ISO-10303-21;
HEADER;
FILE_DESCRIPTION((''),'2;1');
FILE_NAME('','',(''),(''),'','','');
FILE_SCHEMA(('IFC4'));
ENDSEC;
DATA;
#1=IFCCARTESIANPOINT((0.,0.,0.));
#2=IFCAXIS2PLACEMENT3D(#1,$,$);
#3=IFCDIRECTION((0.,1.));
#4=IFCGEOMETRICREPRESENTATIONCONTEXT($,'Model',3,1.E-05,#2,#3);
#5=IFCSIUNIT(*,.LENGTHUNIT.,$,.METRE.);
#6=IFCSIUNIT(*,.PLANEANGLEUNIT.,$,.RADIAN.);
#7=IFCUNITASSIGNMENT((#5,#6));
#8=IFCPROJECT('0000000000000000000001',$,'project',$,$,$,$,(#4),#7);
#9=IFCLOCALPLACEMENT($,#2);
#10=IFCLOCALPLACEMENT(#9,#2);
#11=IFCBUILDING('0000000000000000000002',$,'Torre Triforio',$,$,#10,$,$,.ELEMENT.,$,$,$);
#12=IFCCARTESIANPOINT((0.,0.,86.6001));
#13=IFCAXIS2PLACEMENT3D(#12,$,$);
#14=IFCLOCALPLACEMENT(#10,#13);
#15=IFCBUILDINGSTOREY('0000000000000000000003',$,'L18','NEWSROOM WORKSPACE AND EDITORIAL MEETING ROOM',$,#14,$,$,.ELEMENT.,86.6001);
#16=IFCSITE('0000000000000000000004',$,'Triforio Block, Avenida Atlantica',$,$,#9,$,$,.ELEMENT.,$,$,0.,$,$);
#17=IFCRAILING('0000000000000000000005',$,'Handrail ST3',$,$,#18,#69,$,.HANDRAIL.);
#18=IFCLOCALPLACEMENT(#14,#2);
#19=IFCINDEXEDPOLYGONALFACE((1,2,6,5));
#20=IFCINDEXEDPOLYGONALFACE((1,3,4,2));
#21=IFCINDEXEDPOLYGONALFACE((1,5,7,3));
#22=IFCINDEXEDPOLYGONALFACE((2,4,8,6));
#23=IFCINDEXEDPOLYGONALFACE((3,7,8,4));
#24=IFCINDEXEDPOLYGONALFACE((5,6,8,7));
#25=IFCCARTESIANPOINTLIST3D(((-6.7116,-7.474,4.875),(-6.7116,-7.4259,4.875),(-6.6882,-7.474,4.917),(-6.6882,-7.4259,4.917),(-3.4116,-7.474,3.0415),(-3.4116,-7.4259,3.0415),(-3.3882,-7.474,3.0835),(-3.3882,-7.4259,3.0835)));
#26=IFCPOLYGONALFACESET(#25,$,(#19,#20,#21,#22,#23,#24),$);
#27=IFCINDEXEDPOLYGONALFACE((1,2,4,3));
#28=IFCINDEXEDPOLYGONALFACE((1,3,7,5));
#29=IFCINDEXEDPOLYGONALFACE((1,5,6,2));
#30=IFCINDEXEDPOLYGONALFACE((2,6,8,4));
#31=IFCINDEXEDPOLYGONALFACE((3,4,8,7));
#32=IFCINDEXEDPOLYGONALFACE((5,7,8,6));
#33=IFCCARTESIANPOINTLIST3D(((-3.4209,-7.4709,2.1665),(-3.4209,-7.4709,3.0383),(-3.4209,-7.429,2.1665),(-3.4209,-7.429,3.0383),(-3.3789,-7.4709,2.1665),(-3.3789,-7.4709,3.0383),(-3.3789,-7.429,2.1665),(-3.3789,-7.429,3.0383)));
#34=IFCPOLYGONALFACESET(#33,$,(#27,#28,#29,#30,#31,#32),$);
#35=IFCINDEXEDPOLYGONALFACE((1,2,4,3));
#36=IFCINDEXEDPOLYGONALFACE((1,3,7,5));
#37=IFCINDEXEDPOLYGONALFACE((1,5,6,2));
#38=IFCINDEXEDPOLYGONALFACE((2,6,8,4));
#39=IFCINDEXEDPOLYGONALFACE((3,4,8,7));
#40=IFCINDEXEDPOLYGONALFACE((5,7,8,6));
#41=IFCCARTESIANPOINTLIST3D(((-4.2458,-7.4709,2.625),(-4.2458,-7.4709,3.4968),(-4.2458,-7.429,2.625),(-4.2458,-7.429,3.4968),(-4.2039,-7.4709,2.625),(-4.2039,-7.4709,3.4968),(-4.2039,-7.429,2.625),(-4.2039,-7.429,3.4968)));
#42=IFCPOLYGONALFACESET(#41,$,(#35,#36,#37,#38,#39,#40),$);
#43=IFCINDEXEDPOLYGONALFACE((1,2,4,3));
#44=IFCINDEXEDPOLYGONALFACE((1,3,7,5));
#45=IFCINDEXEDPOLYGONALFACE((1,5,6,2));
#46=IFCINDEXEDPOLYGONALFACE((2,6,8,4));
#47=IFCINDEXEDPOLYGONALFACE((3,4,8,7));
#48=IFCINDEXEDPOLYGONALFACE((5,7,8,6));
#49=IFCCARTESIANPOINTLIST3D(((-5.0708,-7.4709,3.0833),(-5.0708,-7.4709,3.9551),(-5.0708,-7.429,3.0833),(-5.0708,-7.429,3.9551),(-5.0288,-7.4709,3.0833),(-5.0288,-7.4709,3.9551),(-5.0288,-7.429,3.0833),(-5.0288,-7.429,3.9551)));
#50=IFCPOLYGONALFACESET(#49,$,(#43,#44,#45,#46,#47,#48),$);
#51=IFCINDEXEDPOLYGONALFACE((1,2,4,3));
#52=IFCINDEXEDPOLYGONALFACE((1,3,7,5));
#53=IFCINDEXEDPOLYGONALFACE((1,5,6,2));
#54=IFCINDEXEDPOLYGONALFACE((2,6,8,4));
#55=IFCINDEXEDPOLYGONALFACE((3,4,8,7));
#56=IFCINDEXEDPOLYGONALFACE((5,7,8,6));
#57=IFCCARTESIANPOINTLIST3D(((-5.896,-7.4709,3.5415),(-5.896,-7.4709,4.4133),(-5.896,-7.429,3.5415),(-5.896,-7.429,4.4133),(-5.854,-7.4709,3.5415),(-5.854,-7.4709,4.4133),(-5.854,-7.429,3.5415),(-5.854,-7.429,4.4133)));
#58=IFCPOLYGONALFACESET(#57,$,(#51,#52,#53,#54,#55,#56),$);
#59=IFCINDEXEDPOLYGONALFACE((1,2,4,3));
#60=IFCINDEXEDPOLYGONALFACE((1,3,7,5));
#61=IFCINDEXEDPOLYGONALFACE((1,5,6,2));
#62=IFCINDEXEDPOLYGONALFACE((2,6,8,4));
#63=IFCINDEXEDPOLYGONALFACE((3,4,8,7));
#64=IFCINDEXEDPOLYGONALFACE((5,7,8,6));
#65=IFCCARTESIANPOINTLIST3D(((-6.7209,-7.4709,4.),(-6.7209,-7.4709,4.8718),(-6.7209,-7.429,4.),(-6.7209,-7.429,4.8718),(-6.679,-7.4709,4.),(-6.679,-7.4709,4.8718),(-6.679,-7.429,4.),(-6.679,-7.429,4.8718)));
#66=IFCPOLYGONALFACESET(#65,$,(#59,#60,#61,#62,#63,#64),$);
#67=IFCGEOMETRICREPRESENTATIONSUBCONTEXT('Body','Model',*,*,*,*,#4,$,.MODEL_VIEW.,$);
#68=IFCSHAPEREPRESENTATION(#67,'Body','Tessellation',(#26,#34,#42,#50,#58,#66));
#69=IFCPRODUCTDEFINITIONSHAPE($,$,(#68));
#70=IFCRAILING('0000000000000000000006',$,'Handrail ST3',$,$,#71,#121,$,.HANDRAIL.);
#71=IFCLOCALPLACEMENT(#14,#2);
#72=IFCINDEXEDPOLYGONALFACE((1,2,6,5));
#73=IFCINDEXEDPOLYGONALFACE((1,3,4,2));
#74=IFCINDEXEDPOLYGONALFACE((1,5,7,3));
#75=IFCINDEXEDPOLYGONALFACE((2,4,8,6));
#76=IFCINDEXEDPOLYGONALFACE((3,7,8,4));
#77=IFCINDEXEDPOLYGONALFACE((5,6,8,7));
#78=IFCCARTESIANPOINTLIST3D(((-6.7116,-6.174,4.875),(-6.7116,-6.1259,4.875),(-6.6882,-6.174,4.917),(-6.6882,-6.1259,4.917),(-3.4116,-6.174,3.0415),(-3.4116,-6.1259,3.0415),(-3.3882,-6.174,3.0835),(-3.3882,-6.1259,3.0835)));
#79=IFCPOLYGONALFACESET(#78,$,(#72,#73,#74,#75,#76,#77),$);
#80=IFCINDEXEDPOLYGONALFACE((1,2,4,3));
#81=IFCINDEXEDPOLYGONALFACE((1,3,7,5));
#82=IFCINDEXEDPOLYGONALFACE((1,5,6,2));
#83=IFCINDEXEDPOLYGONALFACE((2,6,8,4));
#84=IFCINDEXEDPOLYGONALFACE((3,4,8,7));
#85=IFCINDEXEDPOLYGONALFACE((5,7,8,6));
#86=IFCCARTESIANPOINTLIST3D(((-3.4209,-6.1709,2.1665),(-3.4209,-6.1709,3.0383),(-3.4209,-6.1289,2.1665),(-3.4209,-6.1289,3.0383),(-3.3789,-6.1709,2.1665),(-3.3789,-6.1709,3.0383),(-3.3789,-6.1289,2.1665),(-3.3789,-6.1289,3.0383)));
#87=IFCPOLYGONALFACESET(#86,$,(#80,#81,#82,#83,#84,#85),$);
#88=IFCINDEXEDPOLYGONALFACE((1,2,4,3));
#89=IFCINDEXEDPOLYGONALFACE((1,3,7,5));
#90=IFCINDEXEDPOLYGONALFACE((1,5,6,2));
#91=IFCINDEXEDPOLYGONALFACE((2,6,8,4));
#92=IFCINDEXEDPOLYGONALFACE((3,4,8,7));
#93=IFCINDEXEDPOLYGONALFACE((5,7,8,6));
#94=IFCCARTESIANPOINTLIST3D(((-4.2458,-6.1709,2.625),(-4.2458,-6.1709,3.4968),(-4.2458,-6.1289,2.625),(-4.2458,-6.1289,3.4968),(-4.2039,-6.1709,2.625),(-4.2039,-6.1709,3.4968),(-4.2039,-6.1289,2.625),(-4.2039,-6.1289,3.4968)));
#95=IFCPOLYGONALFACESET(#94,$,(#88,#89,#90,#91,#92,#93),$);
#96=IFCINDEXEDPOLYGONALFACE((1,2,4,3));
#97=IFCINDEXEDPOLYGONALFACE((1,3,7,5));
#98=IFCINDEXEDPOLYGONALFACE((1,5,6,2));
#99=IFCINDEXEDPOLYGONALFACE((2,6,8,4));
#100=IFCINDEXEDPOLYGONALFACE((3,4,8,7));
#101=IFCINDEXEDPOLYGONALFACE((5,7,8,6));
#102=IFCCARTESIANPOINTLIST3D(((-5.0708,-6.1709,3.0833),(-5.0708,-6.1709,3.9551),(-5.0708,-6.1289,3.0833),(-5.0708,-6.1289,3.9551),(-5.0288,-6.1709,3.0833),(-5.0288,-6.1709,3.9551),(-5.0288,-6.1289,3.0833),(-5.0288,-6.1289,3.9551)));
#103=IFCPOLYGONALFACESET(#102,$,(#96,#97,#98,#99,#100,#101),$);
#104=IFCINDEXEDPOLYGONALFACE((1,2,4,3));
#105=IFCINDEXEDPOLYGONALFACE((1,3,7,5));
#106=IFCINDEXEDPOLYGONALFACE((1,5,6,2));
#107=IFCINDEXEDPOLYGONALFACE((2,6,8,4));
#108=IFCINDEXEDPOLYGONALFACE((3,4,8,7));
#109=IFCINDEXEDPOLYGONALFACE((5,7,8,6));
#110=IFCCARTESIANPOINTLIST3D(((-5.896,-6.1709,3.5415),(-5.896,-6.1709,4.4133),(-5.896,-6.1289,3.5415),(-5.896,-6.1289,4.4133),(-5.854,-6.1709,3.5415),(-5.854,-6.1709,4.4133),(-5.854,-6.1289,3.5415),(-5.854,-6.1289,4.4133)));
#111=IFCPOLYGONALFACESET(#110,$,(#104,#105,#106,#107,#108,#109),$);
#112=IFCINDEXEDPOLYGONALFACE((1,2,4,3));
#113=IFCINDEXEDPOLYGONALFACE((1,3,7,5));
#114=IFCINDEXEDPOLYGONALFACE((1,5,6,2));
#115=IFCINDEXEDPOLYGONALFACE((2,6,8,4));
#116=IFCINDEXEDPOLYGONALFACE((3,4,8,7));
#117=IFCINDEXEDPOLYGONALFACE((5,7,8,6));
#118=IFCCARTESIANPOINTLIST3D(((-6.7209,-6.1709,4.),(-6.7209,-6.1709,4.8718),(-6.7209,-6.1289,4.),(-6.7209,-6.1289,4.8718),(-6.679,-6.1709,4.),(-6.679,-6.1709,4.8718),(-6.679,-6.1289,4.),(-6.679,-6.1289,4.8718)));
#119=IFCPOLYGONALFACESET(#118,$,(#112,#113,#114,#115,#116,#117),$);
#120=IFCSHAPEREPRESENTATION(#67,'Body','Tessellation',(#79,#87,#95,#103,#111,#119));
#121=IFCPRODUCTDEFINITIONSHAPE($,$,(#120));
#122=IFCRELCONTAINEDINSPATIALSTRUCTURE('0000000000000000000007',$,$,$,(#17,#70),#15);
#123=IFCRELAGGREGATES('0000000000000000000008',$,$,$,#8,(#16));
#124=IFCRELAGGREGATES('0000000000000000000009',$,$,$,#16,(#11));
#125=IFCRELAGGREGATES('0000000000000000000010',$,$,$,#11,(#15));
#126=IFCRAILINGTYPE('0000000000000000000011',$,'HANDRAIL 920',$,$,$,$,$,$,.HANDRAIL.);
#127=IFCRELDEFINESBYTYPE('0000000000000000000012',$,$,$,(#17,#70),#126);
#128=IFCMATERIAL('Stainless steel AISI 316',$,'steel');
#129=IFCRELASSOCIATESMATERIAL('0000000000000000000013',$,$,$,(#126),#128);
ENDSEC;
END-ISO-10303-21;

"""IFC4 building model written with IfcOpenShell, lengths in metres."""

from ifc_helpers import new_model, si_unit, direction, frame, origin, origin_2d, place, context, subcontext, project, spatial, rectangle, extrude, material, type_object, element, save


model = new_model("IFC4")

# Units and contexts
model_context = context("Model", 3, precision=1e-05, world=origin(), true_north=direction((0.0, 1.0)))
body_context = subcontext(model_context, "Body", "Model", "MODEL_VIEW")
ifc_project = project(units=[si_unit("LENGTHUNIT", "METRE"), si_unit("PLANEANGLEUNIT", "RADIAN")], contexts=[model_context])

# Site, building, storey
site_placement = place(None, origin())
site = spatial("IfcSite", under=ifc_project, at=site_placement, Name="Triforio Block, Avenida Atlantica", CompositionType="ELEMENT", RefElevation=0.0)
building_placement = place(site_placement, origin())
building = spatial("IfcBuilding", under=site, at=building_placement, Name="Torre Triforio", CompositionType="ELEMENT")
storey_placement = place(building_placement, frame((0.0, 0.0, 86.6001)))
storey = spatial("IfcBuildingStorey", under=building, at=storey_placement, Name="L18", Description="NEWSROOM WORKSPACE AND EDITORIAL MEETING ROOM", CompositionType="ELEMENT", Elevation=86.6001)

# Railings
ifc_material_1 = material(Name="Stainless steel AISI 316", Category="steel")
railing_type = type_object("IfcRailingType", Name="HANDRAIL 920", PredefinedType="HANDRAIL", material=ifc_material_1)
for number, where, name in (
    (1, (-3.3999, -7.45, 2.1665), "Handrail ST3"),
    (2, (-3.3999, -6.1499, 2.1665), "Handrail ST3"),
):
    element("IfcRailing", number, at=place(storey_placement, frame(where)), inside=storey, type_object=railing_type, Name=name, PredefinedType="HANDRAIL", context=body_context, shape_type="SweptSolid", body=[
        extrude(rectangle(XDim=0.0481, YDim=0.0481, at=origin_2d()), frame((0.0, 0.0, 0.896), z_axis=(-0.874142, 0.0, 0.48567), x_axis=(0.0, -1.0, 0.0)), (0.0, 0.0, 1.0), 3.7751),
        extrude(rectangle(XDim=0.042, YDim=0.042, at=origin_2d()), origin(), (0.0, 0.0, 1.0), 0.8718),
        extrude(rectangle(XDim=0.042, YDim=0.042, at=origin_2d()), frame((-0.825, 0.0, 0.4585)), (0.0, 0.0, 1.0), 0.8718),
        extrude(rectangle(XDim=0.042, YDim=0.042, at=origin_2d()), frame((-1.6499, 0.0, 0.9167)), (0.0, 0.0, 1.0), 0.8718),
        extrude(rectangle(XDim=0.042, YDim=0.042, at=origin_2d()), frame((-2.4751, 0.0, 1.375)), (0.0, 0.0, 1.0), 0.8718),
        extrude(rectangle(XDim=0.042, YDim=0.042, at=origin_2d()), frame((-3.3, 0.0, 1.8335)), (0.0, 0.0, 1.0), 0.8718),
    ])

save(model, "model.ifc")
